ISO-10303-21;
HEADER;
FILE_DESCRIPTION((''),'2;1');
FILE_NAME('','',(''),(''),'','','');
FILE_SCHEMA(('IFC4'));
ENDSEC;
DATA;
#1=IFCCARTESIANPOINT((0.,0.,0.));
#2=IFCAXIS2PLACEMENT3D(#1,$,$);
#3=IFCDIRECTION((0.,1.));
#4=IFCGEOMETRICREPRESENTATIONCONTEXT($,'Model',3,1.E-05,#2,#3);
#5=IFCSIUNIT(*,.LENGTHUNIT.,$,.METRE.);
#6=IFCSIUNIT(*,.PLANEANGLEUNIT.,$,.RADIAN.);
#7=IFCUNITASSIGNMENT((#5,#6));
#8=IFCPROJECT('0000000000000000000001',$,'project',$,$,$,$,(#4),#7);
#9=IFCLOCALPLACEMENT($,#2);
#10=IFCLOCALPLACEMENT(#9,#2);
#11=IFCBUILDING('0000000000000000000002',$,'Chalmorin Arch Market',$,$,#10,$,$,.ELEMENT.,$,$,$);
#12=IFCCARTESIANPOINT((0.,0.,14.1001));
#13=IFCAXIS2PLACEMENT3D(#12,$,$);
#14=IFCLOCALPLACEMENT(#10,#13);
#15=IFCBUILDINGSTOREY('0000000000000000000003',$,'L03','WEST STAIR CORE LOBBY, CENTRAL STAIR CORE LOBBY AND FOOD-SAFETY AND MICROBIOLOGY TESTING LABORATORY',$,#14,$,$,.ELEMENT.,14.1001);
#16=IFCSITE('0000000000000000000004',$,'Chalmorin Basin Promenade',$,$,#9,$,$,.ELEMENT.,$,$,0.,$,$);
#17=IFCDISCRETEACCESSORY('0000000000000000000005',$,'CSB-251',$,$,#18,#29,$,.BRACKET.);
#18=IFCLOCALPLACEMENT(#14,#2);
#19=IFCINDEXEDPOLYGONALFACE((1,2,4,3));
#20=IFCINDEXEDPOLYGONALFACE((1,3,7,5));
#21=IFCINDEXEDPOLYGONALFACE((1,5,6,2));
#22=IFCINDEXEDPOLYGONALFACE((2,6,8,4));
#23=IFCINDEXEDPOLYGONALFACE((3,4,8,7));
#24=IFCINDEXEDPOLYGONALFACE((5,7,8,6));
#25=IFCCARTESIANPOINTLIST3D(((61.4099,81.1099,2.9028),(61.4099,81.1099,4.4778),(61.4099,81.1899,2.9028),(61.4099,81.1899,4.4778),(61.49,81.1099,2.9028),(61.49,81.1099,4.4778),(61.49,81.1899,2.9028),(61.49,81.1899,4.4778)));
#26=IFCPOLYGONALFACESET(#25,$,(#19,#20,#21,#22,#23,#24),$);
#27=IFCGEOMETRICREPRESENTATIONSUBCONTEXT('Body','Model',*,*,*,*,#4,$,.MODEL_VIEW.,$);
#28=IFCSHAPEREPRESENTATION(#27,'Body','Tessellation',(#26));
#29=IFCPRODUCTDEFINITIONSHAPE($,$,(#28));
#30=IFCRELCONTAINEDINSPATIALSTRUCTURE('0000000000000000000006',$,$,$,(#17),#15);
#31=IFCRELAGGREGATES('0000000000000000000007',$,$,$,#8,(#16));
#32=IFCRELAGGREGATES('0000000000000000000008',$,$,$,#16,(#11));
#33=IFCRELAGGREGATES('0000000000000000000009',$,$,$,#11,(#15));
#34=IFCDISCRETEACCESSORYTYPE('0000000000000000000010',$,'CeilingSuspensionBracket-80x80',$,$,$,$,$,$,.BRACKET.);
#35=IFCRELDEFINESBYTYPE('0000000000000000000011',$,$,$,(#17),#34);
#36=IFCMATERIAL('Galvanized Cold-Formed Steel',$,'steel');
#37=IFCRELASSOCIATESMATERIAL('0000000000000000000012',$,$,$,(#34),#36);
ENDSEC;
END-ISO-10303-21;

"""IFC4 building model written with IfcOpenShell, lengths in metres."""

from ifc_helpers import new_model, si_unit, direction, frame, origin, origin_2d, place, context, subcontext, project, spatial, rectangle, extrude, material, type_object, element, save


model = new_model("IFC4")

# Units and contexts
model_context = context("Model", 3, precision=1e-05, world=origin(), true_north=direction((0.0, 1.0)))
body_context = subcontext(model_context, "Body", "Model", "MODEL_VIEW")
ifc_project = project(units=[si_unit("LENGTHUNIT", "METRE"), si_unit("PLANEANGLEUNIT", "RADIAN")], contexts=[model_context])

# Site, building, storey
site_placement = place(None, origin())
site = spatial("IfcSite", under=ifc_project, at=site_placement, Name="Chalmorin Basin Promenade", CompositionType="ELEMENT", RefElevation=0.0)
building_placement = place(site_placement, origin())
building = spatial("IfcBuilding", under=site, at=building_placement, Name="Chalmorin Arch Market", CompositionType="ELEMENT")
storey_placement = place(building_placement, frame((0.0, 0.0, 14.1001)))
storey = spatial("IfcBuildingStorey", under=building, at=storey_placement, Name="L03", Description="WEST STAIR CORE LOBBY, CENTRAL STAIR CORE LOBBY AND FOOD-SAFETY AND MICROBIOLOGY TESTING LABORATORY", CompositionType="ELEMENT", Elevation=14.1001)

# Discrete accessory
ifc_material_1 = material(Name="Galvanized Cold-Formed Steel", Category="steel")
discrete_accessory_type = type_object("IfcDiscreteAccessoryType", Name="CeilingSuspensionBracket-80x80", PredefinedType="BRACKET", material=ifc_material_1)
discrete_accessory_placement = place(storey_placement, frame((61.45, 81.1499, 2.9028), z_axis=(0.0, 0.0, 1.0), x_axis=(1.0, 0.0, 0.0)))
element("IfcDiscreteAccessory", 1, at=discrete_accessory_placement, inside=storey, type_object=discrete_accessory_type, Name="CSB-251", PredefinedType="BRACKET", context=body_context, shape_type="SweptSolid", body=[
    extrude(rectangle(XDim=0.0801, YDim=0.0801, at=origin_2d()), origin(), (0.0, 0.0, 1.0), 1.575),
])

save(model, "model.ifc")
